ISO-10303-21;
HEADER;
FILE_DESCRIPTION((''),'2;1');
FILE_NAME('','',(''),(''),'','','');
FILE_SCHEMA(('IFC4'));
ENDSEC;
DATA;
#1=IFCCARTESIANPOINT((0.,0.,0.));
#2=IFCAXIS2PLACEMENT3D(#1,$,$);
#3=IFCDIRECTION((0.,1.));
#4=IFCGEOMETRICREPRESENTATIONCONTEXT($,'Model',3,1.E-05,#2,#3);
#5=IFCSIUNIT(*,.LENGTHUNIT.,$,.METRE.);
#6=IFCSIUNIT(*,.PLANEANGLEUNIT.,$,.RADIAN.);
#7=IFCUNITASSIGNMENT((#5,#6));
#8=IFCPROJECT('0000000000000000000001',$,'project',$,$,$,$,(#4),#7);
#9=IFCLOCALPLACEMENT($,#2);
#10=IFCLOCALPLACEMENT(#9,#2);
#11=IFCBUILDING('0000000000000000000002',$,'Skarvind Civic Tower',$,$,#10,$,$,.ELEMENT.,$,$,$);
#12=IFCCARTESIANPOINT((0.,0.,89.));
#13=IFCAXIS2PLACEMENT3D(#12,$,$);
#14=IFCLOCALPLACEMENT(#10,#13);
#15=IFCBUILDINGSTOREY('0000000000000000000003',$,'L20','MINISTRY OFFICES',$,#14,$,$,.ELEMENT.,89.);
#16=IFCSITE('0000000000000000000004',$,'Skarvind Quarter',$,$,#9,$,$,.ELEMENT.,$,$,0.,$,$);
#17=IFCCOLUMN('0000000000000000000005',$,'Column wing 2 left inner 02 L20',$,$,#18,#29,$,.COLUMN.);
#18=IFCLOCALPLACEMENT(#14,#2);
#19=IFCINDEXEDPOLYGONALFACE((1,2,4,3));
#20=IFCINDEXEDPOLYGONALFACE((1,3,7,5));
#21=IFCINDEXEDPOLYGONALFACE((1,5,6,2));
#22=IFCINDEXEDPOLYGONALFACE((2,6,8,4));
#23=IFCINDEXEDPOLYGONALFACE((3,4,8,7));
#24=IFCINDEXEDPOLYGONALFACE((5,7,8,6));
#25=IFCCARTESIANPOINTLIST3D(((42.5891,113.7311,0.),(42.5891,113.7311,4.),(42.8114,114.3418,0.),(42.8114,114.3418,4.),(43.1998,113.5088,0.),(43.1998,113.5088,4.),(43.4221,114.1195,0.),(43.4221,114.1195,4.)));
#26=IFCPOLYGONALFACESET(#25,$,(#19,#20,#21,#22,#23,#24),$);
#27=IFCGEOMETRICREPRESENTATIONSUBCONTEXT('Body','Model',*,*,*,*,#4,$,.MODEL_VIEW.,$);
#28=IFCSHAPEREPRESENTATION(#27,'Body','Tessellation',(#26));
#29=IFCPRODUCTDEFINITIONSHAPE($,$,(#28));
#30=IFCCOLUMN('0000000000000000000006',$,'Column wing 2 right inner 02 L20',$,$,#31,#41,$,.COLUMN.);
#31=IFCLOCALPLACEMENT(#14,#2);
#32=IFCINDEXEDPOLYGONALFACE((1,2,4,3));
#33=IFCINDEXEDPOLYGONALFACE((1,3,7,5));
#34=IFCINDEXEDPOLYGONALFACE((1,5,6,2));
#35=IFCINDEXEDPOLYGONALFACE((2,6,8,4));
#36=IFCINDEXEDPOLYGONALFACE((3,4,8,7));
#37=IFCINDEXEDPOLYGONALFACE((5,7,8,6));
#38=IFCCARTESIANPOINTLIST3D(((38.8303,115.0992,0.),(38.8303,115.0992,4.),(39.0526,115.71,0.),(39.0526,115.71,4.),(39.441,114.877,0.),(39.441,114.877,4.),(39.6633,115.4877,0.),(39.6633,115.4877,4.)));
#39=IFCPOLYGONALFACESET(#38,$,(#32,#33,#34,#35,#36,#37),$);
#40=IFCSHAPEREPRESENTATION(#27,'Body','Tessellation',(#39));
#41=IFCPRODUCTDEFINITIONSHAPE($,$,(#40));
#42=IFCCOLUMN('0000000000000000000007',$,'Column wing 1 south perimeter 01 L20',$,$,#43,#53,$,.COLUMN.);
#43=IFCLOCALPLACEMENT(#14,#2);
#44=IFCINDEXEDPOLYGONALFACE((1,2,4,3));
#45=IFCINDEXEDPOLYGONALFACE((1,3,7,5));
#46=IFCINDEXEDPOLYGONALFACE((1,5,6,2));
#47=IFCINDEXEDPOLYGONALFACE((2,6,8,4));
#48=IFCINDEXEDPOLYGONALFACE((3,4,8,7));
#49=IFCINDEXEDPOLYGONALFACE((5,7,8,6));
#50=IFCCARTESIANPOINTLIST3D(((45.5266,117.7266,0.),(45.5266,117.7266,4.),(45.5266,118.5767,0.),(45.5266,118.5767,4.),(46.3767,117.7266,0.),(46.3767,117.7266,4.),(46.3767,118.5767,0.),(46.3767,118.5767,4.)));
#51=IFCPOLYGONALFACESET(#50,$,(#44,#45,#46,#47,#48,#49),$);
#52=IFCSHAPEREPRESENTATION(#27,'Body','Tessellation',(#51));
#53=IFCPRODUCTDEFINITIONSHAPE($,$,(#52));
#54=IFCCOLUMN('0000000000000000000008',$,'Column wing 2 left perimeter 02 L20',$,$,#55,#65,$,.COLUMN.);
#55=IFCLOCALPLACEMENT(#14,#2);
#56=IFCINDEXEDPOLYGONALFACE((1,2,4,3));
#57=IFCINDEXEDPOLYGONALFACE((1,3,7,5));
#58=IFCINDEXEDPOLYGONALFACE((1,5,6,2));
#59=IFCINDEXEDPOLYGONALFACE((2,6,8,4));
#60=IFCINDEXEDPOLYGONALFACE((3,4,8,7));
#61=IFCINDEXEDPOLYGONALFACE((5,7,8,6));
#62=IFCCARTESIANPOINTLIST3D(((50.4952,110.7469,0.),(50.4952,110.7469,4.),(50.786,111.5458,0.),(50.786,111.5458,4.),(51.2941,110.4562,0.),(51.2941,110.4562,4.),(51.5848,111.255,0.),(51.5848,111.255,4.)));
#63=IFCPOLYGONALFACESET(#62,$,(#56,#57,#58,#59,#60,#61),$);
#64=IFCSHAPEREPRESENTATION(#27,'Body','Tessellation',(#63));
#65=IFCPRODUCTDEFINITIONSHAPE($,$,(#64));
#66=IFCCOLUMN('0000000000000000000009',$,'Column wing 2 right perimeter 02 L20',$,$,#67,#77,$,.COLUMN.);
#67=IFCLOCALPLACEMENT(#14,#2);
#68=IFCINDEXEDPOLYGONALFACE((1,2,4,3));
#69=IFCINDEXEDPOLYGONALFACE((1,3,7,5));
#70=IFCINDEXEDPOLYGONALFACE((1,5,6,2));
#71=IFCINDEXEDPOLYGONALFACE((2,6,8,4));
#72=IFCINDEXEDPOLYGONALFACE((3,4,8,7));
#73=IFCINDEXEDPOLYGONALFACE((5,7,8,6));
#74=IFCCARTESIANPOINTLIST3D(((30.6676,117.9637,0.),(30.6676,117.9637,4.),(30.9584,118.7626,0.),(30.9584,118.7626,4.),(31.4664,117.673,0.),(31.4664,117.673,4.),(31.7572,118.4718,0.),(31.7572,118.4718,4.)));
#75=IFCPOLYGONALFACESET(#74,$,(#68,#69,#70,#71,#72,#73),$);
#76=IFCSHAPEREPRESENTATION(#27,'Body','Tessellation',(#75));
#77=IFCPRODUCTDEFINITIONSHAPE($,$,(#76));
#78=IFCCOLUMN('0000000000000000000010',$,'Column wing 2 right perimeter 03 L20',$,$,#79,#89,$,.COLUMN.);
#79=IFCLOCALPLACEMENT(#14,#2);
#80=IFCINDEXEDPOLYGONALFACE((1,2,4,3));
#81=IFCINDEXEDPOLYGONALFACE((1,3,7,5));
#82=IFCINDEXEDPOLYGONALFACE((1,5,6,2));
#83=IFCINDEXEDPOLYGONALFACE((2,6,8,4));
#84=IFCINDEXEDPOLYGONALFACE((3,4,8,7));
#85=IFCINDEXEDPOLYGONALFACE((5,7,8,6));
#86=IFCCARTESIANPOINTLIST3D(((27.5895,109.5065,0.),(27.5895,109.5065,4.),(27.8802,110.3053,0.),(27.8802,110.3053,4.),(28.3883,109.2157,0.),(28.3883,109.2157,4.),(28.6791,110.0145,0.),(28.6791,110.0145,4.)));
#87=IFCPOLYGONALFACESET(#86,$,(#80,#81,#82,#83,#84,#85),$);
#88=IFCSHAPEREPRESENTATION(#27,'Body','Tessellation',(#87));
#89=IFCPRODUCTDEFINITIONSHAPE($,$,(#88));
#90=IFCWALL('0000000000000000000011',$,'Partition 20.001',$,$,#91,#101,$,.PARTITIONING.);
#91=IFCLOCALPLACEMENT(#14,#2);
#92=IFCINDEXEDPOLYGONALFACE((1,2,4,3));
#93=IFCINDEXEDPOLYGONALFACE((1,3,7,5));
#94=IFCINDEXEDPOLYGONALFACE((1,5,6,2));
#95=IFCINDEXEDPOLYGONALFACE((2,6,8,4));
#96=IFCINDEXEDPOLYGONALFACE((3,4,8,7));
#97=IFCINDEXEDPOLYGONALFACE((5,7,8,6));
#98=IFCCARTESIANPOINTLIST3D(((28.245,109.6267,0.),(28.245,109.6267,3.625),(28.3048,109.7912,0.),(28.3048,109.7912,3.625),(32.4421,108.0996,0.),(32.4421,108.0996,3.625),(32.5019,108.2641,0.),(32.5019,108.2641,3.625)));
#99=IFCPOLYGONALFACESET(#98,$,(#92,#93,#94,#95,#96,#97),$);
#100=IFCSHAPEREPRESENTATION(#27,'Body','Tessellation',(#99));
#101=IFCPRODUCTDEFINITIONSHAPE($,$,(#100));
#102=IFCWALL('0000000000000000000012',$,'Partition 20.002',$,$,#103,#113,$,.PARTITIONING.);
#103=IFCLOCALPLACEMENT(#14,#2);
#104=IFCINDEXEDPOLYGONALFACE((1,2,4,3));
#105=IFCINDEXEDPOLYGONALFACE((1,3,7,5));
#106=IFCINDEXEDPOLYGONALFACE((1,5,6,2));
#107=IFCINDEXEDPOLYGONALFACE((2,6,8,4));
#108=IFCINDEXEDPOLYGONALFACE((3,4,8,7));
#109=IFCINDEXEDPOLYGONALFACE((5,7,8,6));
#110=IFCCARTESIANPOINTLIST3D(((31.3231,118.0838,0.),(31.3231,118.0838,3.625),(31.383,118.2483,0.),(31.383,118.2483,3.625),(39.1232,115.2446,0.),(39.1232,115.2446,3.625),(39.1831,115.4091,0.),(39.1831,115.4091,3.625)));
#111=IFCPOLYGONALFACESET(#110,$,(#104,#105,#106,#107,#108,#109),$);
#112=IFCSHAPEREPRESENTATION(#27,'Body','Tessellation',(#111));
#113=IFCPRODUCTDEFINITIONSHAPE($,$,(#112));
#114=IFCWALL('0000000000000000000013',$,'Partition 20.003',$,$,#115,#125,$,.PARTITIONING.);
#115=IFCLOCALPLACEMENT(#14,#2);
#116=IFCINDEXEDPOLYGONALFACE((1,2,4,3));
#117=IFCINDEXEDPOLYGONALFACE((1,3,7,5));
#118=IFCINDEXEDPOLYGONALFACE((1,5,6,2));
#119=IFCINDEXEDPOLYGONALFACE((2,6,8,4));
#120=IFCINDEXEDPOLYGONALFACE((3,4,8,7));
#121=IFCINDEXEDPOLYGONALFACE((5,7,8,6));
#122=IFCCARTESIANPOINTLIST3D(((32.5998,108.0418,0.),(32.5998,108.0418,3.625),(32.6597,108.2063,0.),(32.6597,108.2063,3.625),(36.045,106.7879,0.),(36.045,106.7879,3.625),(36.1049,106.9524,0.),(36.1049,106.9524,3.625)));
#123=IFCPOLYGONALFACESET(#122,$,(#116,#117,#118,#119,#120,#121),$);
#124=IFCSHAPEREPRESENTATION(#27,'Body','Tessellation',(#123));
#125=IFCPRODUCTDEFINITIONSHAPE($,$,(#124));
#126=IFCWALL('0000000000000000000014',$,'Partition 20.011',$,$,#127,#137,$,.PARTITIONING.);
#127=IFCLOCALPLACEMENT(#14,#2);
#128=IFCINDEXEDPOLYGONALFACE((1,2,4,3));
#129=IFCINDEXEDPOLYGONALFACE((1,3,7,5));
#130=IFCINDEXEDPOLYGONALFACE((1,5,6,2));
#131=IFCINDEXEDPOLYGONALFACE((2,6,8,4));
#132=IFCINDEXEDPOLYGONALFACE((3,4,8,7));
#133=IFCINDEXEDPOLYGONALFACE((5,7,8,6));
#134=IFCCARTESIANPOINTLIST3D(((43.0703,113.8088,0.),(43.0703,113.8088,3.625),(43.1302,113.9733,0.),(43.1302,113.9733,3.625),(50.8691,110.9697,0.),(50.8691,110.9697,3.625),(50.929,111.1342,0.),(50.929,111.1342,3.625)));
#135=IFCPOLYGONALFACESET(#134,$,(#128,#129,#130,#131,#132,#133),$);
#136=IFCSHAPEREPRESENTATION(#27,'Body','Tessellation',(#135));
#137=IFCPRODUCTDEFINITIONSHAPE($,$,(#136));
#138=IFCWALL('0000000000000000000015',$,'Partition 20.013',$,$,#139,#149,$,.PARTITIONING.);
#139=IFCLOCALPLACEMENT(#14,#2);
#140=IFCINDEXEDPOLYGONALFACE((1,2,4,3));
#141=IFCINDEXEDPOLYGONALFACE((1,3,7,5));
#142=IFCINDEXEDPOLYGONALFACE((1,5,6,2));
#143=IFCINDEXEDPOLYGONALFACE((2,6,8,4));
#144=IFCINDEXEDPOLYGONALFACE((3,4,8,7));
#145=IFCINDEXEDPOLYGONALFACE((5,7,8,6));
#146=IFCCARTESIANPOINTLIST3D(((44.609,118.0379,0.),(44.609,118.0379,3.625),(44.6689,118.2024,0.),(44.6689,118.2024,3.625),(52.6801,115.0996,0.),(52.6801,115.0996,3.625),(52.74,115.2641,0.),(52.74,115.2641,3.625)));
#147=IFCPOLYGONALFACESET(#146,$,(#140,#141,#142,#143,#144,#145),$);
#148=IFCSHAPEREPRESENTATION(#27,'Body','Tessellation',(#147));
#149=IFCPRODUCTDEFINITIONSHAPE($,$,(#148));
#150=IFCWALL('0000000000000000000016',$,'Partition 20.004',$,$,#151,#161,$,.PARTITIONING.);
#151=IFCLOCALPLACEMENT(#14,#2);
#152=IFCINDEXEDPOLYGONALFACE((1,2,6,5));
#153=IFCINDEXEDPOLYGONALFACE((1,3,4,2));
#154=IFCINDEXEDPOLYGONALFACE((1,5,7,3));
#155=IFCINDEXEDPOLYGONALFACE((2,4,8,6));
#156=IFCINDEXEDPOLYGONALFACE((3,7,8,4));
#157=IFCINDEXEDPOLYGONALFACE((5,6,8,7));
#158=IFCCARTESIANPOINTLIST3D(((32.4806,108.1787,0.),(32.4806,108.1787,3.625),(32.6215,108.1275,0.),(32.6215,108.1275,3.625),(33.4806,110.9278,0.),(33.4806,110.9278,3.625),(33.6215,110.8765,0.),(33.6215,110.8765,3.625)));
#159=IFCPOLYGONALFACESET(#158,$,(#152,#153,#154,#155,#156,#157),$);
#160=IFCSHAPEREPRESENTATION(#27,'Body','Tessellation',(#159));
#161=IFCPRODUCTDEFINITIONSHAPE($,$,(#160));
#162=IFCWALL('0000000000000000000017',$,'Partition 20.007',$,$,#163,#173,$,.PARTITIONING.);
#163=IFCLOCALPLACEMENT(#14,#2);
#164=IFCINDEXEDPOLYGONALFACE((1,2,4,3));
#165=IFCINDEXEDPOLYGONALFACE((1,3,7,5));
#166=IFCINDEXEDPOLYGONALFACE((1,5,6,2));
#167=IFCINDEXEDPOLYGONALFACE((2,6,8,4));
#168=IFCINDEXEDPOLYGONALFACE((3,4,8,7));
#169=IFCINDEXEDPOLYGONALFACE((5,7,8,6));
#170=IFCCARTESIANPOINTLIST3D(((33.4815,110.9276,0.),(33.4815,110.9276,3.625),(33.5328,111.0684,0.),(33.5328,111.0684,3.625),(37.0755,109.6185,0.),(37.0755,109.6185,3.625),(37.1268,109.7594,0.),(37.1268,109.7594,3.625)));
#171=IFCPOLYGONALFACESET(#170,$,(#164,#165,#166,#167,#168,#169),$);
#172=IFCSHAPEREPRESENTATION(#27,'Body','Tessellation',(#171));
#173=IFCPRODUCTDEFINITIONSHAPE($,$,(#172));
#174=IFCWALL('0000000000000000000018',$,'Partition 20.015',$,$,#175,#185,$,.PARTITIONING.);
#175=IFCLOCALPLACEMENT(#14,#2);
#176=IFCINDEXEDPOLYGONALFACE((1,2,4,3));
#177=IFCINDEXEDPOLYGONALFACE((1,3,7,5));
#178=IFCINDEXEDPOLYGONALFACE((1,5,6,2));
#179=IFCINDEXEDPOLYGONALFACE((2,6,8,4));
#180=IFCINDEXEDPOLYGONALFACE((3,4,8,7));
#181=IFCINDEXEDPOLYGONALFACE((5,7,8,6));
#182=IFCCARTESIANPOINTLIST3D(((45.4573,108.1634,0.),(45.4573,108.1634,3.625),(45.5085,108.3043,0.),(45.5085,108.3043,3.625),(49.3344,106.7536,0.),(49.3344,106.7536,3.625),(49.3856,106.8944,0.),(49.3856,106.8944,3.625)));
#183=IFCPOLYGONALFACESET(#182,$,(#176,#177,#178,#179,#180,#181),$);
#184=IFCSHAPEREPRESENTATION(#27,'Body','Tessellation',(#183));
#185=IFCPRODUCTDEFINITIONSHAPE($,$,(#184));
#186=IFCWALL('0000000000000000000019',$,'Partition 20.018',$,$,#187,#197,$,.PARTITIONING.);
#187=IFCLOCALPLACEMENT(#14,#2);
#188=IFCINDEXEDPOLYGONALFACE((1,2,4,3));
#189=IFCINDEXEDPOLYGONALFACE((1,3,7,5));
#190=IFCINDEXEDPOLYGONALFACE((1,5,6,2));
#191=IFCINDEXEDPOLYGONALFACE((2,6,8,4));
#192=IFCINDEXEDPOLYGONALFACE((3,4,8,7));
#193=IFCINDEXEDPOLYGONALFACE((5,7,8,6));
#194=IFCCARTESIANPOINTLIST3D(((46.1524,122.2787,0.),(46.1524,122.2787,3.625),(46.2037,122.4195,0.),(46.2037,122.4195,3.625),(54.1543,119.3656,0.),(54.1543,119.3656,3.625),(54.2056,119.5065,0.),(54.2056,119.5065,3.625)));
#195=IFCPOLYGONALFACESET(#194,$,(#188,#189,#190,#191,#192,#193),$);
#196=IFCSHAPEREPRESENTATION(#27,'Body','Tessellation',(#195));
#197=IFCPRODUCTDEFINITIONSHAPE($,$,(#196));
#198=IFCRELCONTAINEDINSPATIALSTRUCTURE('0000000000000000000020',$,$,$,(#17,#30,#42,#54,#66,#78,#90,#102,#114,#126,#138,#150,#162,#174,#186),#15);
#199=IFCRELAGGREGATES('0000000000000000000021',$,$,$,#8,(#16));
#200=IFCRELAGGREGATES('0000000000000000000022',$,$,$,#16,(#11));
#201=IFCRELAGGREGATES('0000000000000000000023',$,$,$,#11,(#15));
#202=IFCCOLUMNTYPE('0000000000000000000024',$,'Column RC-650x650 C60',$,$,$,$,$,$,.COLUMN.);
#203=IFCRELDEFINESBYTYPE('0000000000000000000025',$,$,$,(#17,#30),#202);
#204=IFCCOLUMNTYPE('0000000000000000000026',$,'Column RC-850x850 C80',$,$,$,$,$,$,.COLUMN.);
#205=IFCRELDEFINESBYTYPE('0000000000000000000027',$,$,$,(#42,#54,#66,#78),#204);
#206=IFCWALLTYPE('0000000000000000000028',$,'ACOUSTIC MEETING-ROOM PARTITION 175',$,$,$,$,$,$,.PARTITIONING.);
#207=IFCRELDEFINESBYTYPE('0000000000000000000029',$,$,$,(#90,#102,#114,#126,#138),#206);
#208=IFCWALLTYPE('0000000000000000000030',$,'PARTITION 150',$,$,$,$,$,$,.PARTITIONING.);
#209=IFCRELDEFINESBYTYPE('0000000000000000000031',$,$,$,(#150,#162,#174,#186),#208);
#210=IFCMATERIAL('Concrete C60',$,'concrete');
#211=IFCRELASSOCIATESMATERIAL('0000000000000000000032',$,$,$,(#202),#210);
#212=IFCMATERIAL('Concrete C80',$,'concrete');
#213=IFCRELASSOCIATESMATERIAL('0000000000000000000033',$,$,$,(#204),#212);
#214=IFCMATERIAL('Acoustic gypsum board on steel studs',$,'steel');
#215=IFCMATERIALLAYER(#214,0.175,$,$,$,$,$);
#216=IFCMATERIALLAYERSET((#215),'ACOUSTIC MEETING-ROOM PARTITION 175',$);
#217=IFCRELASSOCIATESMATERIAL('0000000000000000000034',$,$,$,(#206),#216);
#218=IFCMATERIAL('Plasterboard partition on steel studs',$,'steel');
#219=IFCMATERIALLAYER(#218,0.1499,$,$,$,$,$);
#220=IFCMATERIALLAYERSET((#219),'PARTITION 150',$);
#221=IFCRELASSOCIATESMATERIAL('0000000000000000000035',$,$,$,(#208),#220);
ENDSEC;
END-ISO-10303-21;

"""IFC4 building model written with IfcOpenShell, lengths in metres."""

from ifc_helpers import new_model, si_unit, direction, frame, frame_2d, origin, origin_2d, place, context, subcontext, project, spatial, rectangle, extrude, material, layer, layer_set, material_profile, profile_set, type_object, element, save


model = new_model("IFC4")

# Units and contexts
model_context = context("Model", 3, precision=1e-05, world=origin(), true_north=direction((0.0, 1.0)))
body_context = subcontext(model_context, "Body", "Model", "MODEL_VIEW")
ifc_project = project(units=[si_unit("LENGTHUNIT", "METRE"), si_unit("PLANEANGLEUNIT", "RADIAN")], contexts=[model_context])

# Site, building, storey
site_placement = place(None, origin())
site = spatial("IfcSite", under=ifc_project, at=site_placement, Name="Skarvind Quarter", CompositionType="ELEMENT", RefElevation=0.0)
building_placement = place(site_placement, origin())
building = spatial("IfcBuilding", under=site, at=building_placement, Name="Skarvind Civic Tower", CompositionType="ELEMENT")
storey_placement = place(building_placement, frame((0.0, 0.0, 89.0)))
storey = spatial("IfcBuildingStorey", under=building, at=storey_placement, Name="L20", Description="MINISTRY OFFICES", CompositionType="ELEMENT", Elevation=89.0)

# Columns
ifc_material_1 = material(Name="Concrete C60", Category="concrete")
ifc_material_profile_1 = material_profile(ifc_material_1, rectangle(XDim=0.6499, YDim=0.6499, at=origin_2d()), Name="RC-650x650")
ifc_profile_set_1 = profile_set([ifc_material_profile_1], Name="Concrete C60")
column_type_1 = type_object("IfcColumnType", Name="Column RC-650x650 C60", PredefinedType="COLUMN", material=ifc_profile_set_1)
for number, where, z_axis, x_axis, name in (
    (1, (43.0056, 113.9253, 0.0), (0.0, 0.0, 1.0), (-0.34202, -0.939693, 0.0), "Column wing 2 left inner 02 L20"),
    (2, (39.2468, 115.2935, 0.0), (0.0, 0.0, 1.0), (-0.34202, -0.939693, 0.0), "Column wing 2 right inner 02 L20"),
):
    element("IfcColumn", number, at=place(storey_placement, frame(where, z_axis=z_axis, x_axis=x_axis)), inside=storey, type_object=column_type_1, Name=name, PredefinedType="COLUMN", context=body_context, shape_type="SweptSolid", body=[
        extrude(rectangle(XDim=0.6499, YDim=0.6499, at=origin_2d()), origin(), (0.0, 0.0, 1.0), 4.0),
    ])
ifc_material_2 = material(Name="Concrete C80", Category="concrete")
ifc_material_profile_2 = material_profile(ifc_material_2, rectangle(XDim=0.8501, YDim=0.8501, at=origin_2d()), Name="RC-850x850")
ifc_profile_set_2 = profile_set([ifc_material_profile_2], Name="Concrete C80")
column_type_2 = type_object("IfcColumnType", Name="Column RC-850x850 C80", PredefinedType="COLUMN", material=ifc_profile_set_2)
for number, where, z_axis, x_axis, name in (
    (3, (45.9517, 118.1516, 0.0), (0.0, 0.0, 1.0), (1.0, 0.0, 0.0), "Column wing 1 south perimeter 01 L20"),
    (4, (51.04, 111.001, 0.0), (0.0, 0.0, 1.0), (-0.34202, -0.939693, 0.0), "Column wing 2 left perimeter 02 L20"),
    (5, (31.2124, 118.2178, 0.0), (0.0, 0.0, 1.0), (-0.34202, -0.939693, 0.0), "Column wing 2 right perimeter 02 L20"),
    (6, (28.1343, 109.7605, 0.0), (0.0, 0.0, 1.0), (-0.34202, -0.939693, 0.0), "Column wing 2 right perimeter 03 L20"),
):
    element("IfcColumn", number, at=place(storey_placement, frame(where, z_axis=z_axis, x_axis=x_axis)), inside=storey, type_object=column_type_2, Name=name, PredefinedType="COLUMN", context=body_context, shape_type="SweptSolid", body=[
        extrude(rectangle(XDim=0.8501, YDim=0.8501, at=origin_2d()), origin(), (0.0, 0.0, 1.0), 4.0),
    ])

# Walls
ifc_material_3 = material(Name="Acoustic gypsum board on steel studs", Category="steel")
ifc_layer_1 = layer(ifc_material_3, 0.175)
ifc_layer_set_1 = layer_set([ifc_layer_1], Name="ACOUSTIC MEETING-ROOM PARTITION 175")
wall_type_1 = type_object("IfcWallType", Name="ACOUSTIC MEETING-ROOM PARTITION 175", PredefinedType="PARTITIONING", material=ifc_layer_set_1)
wall_1_placement = place(storey_placement, frame((28.2749, 109.709, 0.0), z_axis=(0.0, 0.0, 1.0), x_axis=(0.939728, -0.341923, 0.0)))
element("IfcWall", 7, at=wall_1_placement, inside=storey, type_object=wall_type_1, Name="Partition 20.001", PredefinedType="PARTITIONING", context=body_context, shape_type="SweptSolid", body=[
    extrude(rectangle(XDim=4.4663, YDim=0.175, at=frame_2d((2.2332, 0.0))), origin(), (0.0, 0.0, 1.0), 3.625),
])
wall_2_placement = place(storey_placement, frame((31.353, 118.166, 0.0), z_axis=(0.0, 0.0, 1.0), x_axis=(0.939688, -0.342034, 0.0)))
element("IfcWall", 8, at=wall_2_placement, inside=storey, type_object=wall_type_1, Name="Partition 20.002", PredefinedType="PARTITIONING", context=body_context, shape_type="SweptSolid", body=[
    extrude(rectangle(XDim=8.3008, YDim=0.175, at=frame_2d((4.1504, 0.0))), origin(), (0.0, 0.0, 1.0), 3.625),
])
wall_3_placement = place(storey_placement, frame((32.6299, 108.124, 0.0), z_axis=(0.0, 0.0, 1.0), x_axis=(0.939692, -0.342021, 0.0)))
element("IfcWall", 9, at=wall_3_placement, inside=storey, type_object=wall_type_1, Name="Partition 20.003", PredefinedType="PARTITIONING", context=body_context, shape_type="SweptSolid", body=[
    extrude(rectangle(XDim=3.6663, YDim=0.175, at=frame_2d((1.833, 0.0))), origin(), (0.0, 0.0, 1.0), 3.625),
])
wall_4_placement = place(storey_placement, frame((43.1001, 113.8911, 0.0), z_axis=(0.0, 0.0, 1.0), x_axis=(0.939671, -0.342081, 0.0)))
element("IfcWall", 10, at=wall_4_placement, inside=storey, type_object=wall_type_1, Name="Partition 20.011", PredefinedType="PARTITIONING", context=body_context, shape_type="SweptSolid", body=[
    extrude(rectangle(XDim=8.2996, YDim=0.175, at=frame_2d((4.1499, 0.0))), origin(), (0.0, 0.0, 1.0), 3.625),
])
wall_5_placement = place(storey_placement, frame((44.6389, 118.1201, 0.0), z_axis=(0.0, 0.0, 1.0), x_axis=(0.93967, -0.342083, 0.0)))
element("IfcWall", 11, at=wall_5_placement, inside=storey, type_object=wall_type_1, Name="Partition 20.013", PredefinedType="PARTITIONING", context=body_context, shape_type="SweptSolid", body=[
    extrude(rectangle(XDim=8.5894, YDim=0.175, at=frame_2d((4.2947, 0.0))), origin(), (0.0, 0.0, 1.0), 3.625),
])
ifc_material_4 = material(Name="Plasterboard partition on steel studs", Category="steel")
ifc_layer_2 = layer(ifc_material_4, 0.1499)
ifc_layer_set_2 = layer_set([ifc_layer_2], Name="PARTITION 150")
wall_type_2 = type_object("IfcWallType", Name="PARTITION 150", PredefinedType="PARTITIONING", material=ifc_layer_set_2)
wall_6_placement = place(storey_placement, frame((32.551, 108.1531, 0.0), z_axis=(0.0, 0.0, 1.0), x_axis=(0.34185, 0.939754, 0.0)))
element("IfcWall", 12, at=wall_6_placement, inside=storey, type_object=wall_type_2, Name="Partition 20.004", PredefinedType="PARTITIONING", context=body_context, shape_type="SweptSolid", body=[
    extrude(rectangle(XDim=2.9253, YDim=0.1499, at=frame_2d((1.4626, 0.0))), origin(), (0.0, 0.0, 1.0), 3.625),
])
wall_7_placement = place(storey_placement, frame((33.5071, 110.998, 0.0), z_axis=(0.0, 0.0, 1.0), x_axis=(0.939611, -0.342245, 0.0)))
element("IfcWall", 13, at=wall_7_placement, inside=storey, type_object=wall_type_2, Name="Partition 20.007", PredefinedType="PARTITIONING", context=body_context, shape_type="SweptSolid", body=[
    extrude(rectangle(XDim=3.825, YDim=0.1499, at=frame_2d((1.9126, 0.0))), origin(), (0.0, 0.0, 1.0), 3.625),
])
wall_8_placement = place(storey_placement, frame((45.4829, 108.2339, 0.0), z_axis=(0.0, 0.0, 1.0), x_axis=(0.939792, -0.341748, 0.0)))
element("IfcWall", 14, at=wall_8_placement, inside=storey, type_object=wall_type_2, Name="Partition 20.015", PredefinedType="PARTITIONING", context=body_context, shape_type="SweptSolid", body=[
    extrude(rectangle(XDim=4.1255, YDim=0.1499, at=frame_2d((2.0627, 0.0))), origin(), (0.0, 0.0, 1.0), 3.625),
])
wall_9_placement = place(storey_placement, frame((54.1799, 119.436, 0.0), z_axis=(0.0, 0.0, 1.0), x_axis=(-0.939669, 0.342084, 0.0)))
element("IfcWall", 15, at=wall_9_placement, inside=storey, type_object=wall_type_2, Name="Partition 20.018", PredefinedType="PARTITIONING", context=body_context, shape_type="SweptSolid", body=[
    extrude(rectangle(XDim=8.5156, YDim=0.1499, at=frame_2d((4.2578, 0.0))), origin(), (0.0, 0.0, 1.0), 3.625),
])

save(model, "model.ifc")
